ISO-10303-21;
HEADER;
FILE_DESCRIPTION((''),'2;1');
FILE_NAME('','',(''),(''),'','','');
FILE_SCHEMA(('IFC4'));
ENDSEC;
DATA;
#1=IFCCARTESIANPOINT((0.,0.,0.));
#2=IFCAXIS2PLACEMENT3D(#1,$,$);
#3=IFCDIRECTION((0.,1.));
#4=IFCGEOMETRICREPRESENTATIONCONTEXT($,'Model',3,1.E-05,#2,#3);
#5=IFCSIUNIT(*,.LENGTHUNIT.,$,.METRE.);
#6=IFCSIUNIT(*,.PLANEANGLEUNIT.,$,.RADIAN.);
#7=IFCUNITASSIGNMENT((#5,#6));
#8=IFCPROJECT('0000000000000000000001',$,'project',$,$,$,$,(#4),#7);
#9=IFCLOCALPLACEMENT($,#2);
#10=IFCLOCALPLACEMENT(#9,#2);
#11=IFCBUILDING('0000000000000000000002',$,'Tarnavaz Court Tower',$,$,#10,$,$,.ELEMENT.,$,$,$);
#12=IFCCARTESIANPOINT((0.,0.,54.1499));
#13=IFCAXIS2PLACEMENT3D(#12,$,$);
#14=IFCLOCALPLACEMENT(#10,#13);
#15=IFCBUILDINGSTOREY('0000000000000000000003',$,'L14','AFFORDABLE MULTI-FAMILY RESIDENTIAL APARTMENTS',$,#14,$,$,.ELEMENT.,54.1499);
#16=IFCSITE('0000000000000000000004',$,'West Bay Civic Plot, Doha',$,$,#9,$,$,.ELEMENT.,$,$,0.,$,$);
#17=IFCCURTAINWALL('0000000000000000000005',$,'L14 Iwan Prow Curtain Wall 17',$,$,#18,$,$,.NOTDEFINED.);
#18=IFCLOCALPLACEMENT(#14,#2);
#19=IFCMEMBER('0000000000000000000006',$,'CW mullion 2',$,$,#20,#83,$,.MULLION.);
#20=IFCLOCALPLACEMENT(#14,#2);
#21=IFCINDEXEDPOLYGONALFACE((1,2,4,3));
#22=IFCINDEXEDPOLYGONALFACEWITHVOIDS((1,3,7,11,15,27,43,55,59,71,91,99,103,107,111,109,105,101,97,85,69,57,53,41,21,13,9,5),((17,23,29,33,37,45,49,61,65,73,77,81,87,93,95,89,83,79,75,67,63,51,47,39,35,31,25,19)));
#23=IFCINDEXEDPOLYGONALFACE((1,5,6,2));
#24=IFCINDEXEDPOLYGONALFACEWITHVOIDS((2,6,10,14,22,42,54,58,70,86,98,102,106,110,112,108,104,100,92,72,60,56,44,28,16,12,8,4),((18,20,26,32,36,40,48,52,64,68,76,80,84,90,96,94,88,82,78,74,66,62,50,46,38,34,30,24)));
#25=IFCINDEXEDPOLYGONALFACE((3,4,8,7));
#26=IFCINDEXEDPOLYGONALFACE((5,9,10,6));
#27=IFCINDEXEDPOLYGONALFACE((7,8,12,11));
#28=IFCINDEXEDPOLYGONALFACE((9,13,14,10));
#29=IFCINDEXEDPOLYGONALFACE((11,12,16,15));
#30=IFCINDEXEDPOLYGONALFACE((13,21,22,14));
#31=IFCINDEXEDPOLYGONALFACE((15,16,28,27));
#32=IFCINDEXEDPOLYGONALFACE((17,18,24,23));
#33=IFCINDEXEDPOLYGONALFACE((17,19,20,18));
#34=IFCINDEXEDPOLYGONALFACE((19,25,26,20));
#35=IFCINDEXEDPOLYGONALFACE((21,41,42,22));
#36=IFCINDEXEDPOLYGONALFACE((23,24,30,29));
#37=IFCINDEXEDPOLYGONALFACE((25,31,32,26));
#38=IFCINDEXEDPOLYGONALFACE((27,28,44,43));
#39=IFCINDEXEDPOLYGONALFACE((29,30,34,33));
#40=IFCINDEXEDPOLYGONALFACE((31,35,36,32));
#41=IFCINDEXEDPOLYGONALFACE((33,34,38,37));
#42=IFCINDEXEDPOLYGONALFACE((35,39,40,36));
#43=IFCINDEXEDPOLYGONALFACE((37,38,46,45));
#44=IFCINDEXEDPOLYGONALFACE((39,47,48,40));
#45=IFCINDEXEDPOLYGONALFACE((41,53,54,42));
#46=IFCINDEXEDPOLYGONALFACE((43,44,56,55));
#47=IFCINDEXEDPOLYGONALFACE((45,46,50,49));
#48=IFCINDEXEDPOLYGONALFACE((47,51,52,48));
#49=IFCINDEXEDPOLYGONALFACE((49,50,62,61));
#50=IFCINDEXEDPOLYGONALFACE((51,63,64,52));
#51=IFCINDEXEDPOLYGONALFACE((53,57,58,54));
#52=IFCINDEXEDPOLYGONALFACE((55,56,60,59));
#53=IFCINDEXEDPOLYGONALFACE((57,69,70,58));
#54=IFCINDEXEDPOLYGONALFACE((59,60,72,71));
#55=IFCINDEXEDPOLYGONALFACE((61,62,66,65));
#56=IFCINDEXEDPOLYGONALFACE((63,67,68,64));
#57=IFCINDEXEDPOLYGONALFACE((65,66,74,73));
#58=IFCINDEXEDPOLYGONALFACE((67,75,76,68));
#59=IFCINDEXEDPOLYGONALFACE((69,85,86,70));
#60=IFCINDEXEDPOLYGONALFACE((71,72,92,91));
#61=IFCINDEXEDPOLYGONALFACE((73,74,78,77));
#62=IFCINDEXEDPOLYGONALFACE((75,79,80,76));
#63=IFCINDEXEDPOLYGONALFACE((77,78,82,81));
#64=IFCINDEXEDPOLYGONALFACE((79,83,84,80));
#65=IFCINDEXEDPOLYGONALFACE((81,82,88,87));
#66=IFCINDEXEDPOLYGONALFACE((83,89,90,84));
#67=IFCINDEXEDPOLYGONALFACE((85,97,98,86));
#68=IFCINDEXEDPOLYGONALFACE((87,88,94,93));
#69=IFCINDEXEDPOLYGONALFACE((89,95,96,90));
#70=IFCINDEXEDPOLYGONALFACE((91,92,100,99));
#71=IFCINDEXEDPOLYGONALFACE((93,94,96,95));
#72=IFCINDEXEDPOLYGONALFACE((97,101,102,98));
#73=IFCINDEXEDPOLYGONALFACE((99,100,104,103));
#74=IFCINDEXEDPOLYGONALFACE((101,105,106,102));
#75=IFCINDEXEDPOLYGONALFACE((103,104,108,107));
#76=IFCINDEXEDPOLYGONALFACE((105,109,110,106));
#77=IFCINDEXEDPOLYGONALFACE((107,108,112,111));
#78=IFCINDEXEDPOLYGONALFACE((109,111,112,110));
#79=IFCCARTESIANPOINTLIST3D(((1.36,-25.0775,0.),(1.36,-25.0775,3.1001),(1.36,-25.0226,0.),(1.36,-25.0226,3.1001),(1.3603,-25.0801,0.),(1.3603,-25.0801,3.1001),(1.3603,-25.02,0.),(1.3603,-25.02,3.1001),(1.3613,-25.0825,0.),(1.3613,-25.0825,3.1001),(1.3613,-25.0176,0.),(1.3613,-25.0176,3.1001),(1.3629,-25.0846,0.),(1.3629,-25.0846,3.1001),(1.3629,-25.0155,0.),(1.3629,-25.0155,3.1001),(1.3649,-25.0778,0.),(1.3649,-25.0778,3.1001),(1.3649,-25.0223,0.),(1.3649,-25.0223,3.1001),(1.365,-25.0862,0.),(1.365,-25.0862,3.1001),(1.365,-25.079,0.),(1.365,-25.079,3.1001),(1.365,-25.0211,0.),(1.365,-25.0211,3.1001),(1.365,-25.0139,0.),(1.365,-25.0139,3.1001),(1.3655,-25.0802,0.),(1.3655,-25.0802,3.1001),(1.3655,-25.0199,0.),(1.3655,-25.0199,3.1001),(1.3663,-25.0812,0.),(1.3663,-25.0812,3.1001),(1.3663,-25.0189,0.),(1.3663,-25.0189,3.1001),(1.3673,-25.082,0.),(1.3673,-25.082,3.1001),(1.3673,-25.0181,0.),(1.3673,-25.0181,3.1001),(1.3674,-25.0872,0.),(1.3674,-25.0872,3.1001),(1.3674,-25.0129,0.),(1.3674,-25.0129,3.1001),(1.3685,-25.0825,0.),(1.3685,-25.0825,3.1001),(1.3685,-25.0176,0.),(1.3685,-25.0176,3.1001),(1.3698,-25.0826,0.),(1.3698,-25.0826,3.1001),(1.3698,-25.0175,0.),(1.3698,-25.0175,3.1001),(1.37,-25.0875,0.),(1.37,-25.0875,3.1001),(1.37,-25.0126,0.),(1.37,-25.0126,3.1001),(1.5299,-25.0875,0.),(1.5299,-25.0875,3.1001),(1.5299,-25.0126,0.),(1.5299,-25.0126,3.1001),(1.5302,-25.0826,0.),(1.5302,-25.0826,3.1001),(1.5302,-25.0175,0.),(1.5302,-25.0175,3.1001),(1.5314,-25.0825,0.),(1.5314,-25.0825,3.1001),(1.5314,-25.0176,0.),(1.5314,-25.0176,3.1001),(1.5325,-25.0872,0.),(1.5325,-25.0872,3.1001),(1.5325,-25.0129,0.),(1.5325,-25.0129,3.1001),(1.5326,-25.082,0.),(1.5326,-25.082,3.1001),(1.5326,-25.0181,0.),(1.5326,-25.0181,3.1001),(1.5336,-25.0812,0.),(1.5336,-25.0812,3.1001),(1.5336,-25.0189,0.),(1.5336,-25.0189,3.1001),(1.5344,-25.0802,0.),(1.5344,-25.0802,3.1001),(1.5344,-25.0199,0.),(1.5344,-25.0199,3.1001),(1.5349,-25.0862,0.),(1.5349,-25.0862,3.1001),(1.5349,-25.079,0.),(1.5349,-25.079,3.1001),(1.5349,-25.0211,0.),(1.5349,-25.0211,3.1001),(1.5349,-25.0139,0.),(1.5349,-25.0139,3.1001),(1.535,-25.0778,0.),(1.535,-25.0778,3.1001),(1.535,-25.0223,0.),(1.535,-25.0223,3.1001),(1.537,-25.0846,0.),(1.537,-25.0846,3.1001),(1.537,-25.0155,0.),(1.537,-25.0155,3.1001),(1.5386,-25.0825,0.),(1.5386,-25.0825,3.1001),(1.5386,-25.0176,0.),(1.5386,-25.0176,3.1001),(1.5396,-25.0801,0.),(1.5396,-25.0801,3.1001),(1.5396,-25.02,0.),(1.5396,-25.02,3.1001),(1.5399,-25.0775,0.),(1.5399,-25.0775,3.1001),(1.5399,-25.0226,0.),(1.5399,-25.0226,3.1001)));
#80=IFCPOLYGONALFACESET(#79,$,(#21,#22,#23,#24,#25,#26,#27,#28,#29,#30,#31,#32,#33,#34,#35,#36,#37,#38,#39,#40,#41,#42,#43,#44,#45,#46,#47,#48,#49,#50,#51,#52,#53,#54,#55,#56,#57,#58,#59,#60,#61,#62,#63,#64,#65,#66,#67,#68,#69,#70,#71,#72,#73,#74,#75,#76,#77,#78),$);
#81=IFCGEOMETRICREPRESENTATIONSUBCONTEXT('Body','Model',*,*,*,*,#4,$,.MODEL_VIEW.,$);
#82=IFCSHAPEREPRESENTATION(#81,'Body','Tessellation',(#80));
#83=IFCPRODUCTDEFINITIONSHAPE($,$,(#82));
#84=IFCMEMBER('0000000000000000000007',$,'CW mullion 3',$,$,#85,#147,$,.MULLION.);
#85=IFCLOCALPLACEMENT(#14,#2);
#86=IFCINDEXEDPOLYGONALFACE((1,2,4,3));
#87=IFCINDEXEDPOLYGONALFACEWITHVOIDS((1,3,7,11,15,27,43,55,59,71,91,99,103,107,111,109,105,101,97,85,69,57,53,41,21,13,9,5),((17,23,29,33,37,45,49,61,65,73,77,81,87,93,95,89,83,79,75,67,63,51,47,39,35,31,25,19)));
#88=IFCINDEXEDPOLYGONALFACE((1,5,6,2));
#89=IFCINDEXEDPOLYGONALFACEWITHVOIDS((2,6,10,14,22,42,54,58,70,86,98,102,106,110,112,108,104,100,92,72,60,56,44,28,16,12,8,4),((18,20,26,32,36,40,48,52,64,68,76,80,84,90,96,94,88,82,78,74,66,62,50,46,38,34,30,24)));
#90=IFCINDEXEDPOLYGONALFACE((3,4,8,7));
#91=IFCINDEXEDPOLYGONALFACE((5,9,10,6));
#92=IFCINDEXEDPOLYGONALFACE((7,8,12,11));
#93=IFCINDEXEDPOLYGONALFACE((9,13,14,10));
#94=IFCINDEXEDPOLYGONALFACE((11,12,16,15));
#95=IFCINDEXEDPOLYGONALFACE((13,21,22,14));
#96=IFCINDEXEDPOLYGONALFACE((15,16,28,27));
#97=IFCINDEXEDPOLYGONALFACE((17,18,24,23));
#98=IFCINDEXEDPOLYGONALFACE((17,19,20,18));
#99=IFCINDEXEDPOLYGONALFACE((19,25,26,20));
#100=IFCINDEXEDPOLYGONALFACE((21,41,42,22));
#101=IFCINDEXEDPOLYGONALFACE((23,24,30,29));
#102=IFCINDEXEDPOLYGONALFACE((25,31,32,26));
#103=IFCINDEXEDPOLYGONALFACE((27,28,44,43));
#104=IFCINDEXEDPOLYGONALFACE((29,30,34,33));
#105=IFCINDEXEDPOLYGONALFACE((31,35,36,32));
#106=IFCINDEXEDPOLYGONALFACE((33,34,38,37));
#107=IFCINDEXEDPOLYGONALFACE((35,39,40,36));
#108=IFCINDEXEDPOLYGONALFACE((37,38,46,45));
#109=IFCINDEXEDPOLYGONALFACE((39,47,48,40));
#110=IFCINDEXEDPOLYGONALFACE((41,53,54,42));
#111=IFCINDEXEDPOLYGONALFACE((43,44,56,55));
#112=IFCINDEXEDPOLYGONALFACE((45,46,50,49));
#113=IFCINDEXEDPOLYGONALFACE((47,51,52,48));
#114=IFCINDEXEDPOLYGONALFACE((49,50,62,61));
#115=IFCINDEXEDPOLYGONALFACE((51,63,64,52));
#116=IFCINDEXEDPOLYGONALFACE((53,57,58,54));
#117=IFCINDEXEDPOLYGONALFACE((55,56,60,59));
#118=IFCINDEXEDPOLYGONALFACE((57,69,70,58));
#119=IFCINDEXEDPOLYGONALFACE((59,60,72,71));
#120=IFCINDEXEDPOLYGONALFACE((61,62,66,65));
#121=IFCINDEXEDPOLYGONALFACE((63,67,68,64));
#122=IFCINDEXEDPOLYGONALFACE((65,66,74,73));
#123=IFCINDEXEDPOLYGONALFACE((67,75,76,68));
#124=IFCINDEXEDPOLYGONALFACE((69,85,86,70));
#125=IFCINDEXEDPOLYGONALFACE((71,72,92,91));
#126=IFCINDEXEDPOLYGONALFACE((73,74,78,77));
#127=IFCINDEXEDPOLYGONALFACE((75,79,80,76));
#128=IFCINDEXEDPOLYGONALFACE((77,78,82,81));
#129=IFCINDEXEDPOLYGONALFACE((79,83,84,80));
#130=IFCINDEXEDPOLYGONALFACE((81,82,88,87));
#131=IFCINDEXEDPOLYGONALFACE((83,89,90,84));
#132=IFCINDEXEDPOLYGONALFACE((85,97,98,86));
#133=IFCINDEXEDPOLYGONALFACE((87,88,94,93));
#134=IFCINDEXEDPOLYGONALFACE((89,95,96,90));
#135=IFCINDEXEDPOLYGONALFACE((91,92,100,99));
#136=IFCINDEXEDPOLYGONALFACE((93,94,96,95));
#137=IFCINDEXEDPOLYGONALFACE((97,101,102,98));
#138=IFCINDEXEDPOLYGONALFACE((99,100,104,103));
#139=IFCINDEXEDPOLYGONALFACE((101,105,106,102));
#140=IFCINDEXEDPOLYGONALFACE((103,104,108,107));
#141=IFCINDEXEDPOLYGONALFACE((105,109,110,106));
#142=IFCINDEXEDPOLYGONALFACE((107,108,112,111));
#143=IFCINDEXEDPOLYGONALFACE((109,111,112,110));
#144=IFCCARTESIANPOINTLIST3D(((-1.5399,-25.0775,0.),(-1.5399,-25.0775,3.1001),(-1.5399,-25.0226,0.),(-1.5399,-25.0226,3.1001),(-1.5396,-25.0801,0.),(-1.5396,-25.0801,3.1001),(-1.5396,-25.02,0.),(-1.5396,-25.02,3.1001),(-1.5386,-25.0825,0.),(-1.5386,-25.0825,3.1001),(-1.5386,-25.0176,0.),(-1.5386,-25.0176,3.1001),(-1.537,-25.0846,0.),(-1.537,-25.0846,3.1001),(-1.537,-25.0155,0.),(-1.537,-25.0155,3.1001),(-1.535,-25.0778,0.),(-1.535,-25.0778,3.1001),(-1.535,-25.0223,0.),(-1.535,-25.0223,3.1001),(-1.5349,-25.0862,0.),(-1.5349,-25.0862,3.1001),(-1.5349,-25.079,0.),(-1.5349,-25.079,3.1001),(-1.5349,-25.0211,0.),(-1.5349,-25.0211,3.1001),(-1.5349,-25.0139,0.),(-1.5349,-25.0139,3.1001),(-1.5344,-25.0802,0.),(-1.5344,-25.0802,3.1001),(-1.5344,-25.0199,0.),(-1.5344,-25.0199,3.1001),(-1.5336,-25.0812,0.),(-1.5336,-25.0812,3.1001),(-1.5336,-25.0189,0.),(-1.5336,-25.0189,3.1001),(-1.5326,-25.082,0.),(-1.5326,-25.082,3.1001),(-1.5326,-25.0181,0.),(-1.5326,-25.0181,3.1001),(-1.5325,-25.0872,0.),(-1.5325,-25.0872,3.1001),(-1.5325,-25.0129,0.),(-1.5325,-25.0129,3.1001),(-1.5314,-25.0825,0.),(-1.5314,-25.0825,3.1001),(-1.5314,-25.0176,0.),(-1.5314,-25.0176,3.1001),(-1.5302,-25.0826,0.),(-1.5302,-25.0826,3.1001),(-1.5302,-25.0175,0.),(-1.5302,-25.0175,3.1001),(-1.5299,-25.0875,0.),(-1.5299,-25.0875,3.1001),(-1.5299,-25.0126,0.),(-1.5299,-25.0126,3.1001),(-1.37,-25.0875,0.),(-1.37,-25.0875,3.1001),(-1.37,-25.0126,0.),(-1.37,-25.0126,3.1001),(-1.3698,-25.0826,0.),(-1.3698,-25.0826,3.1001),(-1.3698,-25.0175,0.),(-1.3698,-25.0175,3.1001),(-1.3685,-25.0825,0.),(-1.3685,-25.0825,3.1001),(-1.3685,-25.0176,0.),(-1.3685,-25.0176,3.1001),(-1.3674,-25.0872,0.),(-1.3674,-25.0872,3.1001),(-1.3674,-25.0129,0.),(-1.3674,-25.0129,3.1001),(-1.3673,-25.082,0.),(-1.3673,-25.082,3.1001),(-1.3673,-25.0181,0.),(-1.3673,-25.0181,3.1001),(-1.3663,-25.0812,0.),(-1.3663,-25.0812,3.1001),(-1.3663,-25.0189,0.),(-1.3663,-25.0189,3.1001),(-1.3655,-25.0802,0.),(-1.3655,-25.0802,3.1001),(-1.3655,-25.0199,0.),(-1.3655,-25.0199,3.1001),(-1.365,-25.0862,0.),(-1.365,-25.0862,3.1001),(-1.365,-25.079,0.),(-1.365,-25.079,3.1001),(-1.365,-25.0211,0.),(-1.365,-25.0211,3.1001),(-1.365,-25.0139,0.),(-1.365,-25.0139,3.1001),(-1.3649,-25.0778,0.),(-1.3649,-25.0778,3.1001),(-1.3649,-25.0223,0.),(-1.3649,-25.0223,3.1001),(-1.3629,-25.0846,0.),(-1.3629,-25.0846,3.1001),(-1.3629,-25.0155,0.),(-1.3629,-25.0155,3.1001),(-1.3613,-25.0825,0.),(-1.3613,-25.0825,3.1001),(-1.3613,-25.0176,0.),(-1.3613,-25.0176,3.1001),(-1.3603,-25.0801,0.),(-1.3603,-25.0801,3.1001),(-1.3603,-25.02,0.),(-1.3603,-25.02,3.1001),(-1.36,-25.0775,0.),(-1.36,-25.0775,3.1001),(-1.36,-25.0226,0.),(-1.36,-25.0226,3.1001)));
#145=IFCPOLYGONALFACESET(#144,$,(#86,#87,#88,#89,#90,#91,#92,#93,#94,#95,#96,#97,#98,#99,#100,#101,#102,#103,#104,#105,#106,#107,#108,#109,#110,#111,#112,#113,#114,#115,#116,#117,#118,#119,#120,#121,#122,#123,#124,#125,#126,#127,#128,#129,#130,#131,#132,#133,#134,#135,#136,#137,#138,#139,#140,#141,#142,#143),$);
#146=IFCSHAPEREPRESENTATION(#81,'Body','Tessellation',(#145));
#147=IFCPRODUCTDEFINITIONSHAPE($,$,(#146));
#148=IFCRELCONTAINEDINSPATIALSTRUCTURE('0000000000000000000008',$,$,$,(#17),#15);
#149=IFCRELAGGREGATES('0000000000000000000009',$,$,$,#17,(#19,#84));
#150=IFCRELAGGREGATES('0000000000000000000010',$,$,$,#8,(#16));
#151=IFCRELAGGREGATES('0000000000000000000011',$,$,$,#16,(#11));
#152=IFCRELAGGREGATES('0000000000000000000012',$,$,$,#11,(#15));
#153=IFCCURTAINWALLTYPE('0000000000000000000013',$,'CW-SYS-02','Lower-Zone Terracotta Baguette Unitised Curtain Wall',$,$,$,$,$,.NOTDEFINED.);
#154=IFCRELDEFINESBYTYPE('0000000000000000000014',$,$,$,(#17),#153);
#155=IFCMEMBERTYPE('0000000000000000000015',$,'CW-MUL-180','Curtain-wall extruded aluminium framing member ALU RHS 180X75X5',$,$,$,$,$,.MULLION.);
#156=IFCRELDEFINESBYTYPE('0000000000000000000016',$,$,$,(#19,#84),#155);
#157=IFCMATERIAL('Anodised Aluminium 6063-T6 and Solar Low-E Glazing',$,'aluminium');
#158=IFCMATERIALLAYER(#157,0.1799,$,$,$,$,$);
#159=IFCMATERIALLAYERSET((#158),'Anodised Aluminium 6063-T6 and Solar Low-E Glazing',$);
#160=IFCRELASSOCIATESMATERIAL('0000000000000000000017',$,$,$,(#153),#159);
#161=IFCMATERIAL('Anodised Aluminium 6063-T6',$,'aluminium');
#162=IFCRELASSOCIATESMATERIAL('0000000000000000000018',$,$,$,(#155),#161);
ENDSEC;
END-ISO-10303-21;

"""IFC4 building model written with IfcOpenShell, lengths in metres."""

from ifc_helpers import new_model, si_unit, direction, frame, origin, origin_2d, place, context, subcontext, project, spatial, hollow_rectangle, extrude, material, layer, layer_set, material_profile, profile_set, type_object, element, aggregate, save


model = new_model("IFC4")

# Units and contexts
model_context = context("Model", 3, precision=1e-05, world=origin(), true_north=direction((0.0, 1.0)))
body_context = subcontext(model_context, "Body", "Model", "MODEL_VIEW")
ifc_project = project(units=[si_unit("LENGTHUNIT", "METRE"), si_unit("PLANEANGLEUNIT", "RADIAN")], contexts=[model_context])

# Site, building, storey
site_placement = place(None, origin())
site = spatial("IfcSite", under=ifc_project, at=site_placement, Name="West Bay Civic Plot, Doha", CompositionType="ELEMENT", RefElevation=0.0)
building_placement = place(site_placement, origin())
building = spatial("IfcBuilding", under=site, at=building_placement, Name="Tarnavaz Court Tower", CompositionType="ELEMENT")
storey_placement = place(building_placement, frame((0.0, 0.0, 54.1499)))
storey = spatial("IfcBuildingStorey", under=building, at=storey_placement, Name="L14", Description="AFFORDABLE MULTI-FAMILY RESIDENTIAL APARTMENTS", CompositionType="ELEMENT", Elevation=54.1499)

# Curtain wall, members
ifc_material_1 = material(Name="Anodised Aluminium 6063-T6 and Solar Low-E Glazing", Category="aluminium")
ifc_layer_1 = layer(ifc_material_1, 0.1799)
ifc_layer_set_1 = layer_set([ifc_layer_1], Name="Anodised Aluminium 6063-T6 and Solar Low-E Glazing")
curtain_wall_type = type_object("IfcCurtainWallType", Name="CW-SYS-02", Description="Lower-Zone Terracotta Baguette Unitised Curtain Wall", PredefinedType="NOTDEFINED", material=ifc_layer_set_1)
curtain_wall_placement = place(storey_placement, origin())
curtain_wall = element("IfcCurtainWall", 1, at=curtain_wall_placement, inside=storey, type_object=curtain_wall_type, Name="L14 Iwan Prow Curtain Wall 17", PredefinedType="NOTDEFINED")
ifc_material_2 = material(Name="Anodised Aluminium 6063-T6", Category="aluminium")
ifc_material_profile_1 = material_profile(ifc_material_2, hollow_rectangle(XDim=0.075, YDim=0.1799, WallThickness=0.0049, InnerFilletRadius=0.0049, OuterFilletRadius=0.01, at=origin_2d()), Name="ALU RHS 180X75X5")
ifc_profile_set_1 = profile_set([ifc_material_profile_1], Name="Anodised Aluminium 6063-T6")
member_type_1 = type_object("IfcMemberType", Name="CW-MUL-180", Description="Curtain-wall extruded aluminium framing member ALU RHS 180X75X5", PredefinedType="MULLION", material=ifc_profile_set_1)
member_1_placement = place(storey_placement, frame((1.45, -25.05, 0.0), z_axis=(0.0, 0.0, 1.0), x_axis=(0.0, -1.0, 0.0)))
member_1 = element("IfcMember", 2, at=member_1_placement, type_object=member_type_1, Name="CW mullion 2", PredefinedType="MULLION", context=body_context, shape_type="SweptSolid", body=[
    extrude(hollow_rectangle(XDim=0.075, YDim=0.1799, WallThickness=0.0049, InnerFilletRadius=0.0049, OuterFilletRadius=0.01, at=origin_2d()), origin(), (0.0, 0.0, 1.0), 3.1001),
])
member_2_placement = place(storey_placement, frame((-1.45, -25.05, 0.0), z_axis=(0.0, 0.0, 1.0), x_axis=(0.0, -1.0, 0.0)))
member_2 = element("IfcMember", 3, at=member_2_placement, type_object=member_type_1, Name="CW mullion 3", PredefinedType="MULLION", context=body_context, shape_type="SweptSolid", body=[
    extrude(hollow_rectangle(XDim=0.075, YDim=0.1799, WallThickness=0.0049, InnerFilletRadius=0.0049, OuterFilletRadius=0.01, at=origin_2d()), origin(), (0.0, 0.0, 1.0), 3.1001),
])
aggregate(curtain_wall, [member_1, member_2])

save(model, "model.ifc")
